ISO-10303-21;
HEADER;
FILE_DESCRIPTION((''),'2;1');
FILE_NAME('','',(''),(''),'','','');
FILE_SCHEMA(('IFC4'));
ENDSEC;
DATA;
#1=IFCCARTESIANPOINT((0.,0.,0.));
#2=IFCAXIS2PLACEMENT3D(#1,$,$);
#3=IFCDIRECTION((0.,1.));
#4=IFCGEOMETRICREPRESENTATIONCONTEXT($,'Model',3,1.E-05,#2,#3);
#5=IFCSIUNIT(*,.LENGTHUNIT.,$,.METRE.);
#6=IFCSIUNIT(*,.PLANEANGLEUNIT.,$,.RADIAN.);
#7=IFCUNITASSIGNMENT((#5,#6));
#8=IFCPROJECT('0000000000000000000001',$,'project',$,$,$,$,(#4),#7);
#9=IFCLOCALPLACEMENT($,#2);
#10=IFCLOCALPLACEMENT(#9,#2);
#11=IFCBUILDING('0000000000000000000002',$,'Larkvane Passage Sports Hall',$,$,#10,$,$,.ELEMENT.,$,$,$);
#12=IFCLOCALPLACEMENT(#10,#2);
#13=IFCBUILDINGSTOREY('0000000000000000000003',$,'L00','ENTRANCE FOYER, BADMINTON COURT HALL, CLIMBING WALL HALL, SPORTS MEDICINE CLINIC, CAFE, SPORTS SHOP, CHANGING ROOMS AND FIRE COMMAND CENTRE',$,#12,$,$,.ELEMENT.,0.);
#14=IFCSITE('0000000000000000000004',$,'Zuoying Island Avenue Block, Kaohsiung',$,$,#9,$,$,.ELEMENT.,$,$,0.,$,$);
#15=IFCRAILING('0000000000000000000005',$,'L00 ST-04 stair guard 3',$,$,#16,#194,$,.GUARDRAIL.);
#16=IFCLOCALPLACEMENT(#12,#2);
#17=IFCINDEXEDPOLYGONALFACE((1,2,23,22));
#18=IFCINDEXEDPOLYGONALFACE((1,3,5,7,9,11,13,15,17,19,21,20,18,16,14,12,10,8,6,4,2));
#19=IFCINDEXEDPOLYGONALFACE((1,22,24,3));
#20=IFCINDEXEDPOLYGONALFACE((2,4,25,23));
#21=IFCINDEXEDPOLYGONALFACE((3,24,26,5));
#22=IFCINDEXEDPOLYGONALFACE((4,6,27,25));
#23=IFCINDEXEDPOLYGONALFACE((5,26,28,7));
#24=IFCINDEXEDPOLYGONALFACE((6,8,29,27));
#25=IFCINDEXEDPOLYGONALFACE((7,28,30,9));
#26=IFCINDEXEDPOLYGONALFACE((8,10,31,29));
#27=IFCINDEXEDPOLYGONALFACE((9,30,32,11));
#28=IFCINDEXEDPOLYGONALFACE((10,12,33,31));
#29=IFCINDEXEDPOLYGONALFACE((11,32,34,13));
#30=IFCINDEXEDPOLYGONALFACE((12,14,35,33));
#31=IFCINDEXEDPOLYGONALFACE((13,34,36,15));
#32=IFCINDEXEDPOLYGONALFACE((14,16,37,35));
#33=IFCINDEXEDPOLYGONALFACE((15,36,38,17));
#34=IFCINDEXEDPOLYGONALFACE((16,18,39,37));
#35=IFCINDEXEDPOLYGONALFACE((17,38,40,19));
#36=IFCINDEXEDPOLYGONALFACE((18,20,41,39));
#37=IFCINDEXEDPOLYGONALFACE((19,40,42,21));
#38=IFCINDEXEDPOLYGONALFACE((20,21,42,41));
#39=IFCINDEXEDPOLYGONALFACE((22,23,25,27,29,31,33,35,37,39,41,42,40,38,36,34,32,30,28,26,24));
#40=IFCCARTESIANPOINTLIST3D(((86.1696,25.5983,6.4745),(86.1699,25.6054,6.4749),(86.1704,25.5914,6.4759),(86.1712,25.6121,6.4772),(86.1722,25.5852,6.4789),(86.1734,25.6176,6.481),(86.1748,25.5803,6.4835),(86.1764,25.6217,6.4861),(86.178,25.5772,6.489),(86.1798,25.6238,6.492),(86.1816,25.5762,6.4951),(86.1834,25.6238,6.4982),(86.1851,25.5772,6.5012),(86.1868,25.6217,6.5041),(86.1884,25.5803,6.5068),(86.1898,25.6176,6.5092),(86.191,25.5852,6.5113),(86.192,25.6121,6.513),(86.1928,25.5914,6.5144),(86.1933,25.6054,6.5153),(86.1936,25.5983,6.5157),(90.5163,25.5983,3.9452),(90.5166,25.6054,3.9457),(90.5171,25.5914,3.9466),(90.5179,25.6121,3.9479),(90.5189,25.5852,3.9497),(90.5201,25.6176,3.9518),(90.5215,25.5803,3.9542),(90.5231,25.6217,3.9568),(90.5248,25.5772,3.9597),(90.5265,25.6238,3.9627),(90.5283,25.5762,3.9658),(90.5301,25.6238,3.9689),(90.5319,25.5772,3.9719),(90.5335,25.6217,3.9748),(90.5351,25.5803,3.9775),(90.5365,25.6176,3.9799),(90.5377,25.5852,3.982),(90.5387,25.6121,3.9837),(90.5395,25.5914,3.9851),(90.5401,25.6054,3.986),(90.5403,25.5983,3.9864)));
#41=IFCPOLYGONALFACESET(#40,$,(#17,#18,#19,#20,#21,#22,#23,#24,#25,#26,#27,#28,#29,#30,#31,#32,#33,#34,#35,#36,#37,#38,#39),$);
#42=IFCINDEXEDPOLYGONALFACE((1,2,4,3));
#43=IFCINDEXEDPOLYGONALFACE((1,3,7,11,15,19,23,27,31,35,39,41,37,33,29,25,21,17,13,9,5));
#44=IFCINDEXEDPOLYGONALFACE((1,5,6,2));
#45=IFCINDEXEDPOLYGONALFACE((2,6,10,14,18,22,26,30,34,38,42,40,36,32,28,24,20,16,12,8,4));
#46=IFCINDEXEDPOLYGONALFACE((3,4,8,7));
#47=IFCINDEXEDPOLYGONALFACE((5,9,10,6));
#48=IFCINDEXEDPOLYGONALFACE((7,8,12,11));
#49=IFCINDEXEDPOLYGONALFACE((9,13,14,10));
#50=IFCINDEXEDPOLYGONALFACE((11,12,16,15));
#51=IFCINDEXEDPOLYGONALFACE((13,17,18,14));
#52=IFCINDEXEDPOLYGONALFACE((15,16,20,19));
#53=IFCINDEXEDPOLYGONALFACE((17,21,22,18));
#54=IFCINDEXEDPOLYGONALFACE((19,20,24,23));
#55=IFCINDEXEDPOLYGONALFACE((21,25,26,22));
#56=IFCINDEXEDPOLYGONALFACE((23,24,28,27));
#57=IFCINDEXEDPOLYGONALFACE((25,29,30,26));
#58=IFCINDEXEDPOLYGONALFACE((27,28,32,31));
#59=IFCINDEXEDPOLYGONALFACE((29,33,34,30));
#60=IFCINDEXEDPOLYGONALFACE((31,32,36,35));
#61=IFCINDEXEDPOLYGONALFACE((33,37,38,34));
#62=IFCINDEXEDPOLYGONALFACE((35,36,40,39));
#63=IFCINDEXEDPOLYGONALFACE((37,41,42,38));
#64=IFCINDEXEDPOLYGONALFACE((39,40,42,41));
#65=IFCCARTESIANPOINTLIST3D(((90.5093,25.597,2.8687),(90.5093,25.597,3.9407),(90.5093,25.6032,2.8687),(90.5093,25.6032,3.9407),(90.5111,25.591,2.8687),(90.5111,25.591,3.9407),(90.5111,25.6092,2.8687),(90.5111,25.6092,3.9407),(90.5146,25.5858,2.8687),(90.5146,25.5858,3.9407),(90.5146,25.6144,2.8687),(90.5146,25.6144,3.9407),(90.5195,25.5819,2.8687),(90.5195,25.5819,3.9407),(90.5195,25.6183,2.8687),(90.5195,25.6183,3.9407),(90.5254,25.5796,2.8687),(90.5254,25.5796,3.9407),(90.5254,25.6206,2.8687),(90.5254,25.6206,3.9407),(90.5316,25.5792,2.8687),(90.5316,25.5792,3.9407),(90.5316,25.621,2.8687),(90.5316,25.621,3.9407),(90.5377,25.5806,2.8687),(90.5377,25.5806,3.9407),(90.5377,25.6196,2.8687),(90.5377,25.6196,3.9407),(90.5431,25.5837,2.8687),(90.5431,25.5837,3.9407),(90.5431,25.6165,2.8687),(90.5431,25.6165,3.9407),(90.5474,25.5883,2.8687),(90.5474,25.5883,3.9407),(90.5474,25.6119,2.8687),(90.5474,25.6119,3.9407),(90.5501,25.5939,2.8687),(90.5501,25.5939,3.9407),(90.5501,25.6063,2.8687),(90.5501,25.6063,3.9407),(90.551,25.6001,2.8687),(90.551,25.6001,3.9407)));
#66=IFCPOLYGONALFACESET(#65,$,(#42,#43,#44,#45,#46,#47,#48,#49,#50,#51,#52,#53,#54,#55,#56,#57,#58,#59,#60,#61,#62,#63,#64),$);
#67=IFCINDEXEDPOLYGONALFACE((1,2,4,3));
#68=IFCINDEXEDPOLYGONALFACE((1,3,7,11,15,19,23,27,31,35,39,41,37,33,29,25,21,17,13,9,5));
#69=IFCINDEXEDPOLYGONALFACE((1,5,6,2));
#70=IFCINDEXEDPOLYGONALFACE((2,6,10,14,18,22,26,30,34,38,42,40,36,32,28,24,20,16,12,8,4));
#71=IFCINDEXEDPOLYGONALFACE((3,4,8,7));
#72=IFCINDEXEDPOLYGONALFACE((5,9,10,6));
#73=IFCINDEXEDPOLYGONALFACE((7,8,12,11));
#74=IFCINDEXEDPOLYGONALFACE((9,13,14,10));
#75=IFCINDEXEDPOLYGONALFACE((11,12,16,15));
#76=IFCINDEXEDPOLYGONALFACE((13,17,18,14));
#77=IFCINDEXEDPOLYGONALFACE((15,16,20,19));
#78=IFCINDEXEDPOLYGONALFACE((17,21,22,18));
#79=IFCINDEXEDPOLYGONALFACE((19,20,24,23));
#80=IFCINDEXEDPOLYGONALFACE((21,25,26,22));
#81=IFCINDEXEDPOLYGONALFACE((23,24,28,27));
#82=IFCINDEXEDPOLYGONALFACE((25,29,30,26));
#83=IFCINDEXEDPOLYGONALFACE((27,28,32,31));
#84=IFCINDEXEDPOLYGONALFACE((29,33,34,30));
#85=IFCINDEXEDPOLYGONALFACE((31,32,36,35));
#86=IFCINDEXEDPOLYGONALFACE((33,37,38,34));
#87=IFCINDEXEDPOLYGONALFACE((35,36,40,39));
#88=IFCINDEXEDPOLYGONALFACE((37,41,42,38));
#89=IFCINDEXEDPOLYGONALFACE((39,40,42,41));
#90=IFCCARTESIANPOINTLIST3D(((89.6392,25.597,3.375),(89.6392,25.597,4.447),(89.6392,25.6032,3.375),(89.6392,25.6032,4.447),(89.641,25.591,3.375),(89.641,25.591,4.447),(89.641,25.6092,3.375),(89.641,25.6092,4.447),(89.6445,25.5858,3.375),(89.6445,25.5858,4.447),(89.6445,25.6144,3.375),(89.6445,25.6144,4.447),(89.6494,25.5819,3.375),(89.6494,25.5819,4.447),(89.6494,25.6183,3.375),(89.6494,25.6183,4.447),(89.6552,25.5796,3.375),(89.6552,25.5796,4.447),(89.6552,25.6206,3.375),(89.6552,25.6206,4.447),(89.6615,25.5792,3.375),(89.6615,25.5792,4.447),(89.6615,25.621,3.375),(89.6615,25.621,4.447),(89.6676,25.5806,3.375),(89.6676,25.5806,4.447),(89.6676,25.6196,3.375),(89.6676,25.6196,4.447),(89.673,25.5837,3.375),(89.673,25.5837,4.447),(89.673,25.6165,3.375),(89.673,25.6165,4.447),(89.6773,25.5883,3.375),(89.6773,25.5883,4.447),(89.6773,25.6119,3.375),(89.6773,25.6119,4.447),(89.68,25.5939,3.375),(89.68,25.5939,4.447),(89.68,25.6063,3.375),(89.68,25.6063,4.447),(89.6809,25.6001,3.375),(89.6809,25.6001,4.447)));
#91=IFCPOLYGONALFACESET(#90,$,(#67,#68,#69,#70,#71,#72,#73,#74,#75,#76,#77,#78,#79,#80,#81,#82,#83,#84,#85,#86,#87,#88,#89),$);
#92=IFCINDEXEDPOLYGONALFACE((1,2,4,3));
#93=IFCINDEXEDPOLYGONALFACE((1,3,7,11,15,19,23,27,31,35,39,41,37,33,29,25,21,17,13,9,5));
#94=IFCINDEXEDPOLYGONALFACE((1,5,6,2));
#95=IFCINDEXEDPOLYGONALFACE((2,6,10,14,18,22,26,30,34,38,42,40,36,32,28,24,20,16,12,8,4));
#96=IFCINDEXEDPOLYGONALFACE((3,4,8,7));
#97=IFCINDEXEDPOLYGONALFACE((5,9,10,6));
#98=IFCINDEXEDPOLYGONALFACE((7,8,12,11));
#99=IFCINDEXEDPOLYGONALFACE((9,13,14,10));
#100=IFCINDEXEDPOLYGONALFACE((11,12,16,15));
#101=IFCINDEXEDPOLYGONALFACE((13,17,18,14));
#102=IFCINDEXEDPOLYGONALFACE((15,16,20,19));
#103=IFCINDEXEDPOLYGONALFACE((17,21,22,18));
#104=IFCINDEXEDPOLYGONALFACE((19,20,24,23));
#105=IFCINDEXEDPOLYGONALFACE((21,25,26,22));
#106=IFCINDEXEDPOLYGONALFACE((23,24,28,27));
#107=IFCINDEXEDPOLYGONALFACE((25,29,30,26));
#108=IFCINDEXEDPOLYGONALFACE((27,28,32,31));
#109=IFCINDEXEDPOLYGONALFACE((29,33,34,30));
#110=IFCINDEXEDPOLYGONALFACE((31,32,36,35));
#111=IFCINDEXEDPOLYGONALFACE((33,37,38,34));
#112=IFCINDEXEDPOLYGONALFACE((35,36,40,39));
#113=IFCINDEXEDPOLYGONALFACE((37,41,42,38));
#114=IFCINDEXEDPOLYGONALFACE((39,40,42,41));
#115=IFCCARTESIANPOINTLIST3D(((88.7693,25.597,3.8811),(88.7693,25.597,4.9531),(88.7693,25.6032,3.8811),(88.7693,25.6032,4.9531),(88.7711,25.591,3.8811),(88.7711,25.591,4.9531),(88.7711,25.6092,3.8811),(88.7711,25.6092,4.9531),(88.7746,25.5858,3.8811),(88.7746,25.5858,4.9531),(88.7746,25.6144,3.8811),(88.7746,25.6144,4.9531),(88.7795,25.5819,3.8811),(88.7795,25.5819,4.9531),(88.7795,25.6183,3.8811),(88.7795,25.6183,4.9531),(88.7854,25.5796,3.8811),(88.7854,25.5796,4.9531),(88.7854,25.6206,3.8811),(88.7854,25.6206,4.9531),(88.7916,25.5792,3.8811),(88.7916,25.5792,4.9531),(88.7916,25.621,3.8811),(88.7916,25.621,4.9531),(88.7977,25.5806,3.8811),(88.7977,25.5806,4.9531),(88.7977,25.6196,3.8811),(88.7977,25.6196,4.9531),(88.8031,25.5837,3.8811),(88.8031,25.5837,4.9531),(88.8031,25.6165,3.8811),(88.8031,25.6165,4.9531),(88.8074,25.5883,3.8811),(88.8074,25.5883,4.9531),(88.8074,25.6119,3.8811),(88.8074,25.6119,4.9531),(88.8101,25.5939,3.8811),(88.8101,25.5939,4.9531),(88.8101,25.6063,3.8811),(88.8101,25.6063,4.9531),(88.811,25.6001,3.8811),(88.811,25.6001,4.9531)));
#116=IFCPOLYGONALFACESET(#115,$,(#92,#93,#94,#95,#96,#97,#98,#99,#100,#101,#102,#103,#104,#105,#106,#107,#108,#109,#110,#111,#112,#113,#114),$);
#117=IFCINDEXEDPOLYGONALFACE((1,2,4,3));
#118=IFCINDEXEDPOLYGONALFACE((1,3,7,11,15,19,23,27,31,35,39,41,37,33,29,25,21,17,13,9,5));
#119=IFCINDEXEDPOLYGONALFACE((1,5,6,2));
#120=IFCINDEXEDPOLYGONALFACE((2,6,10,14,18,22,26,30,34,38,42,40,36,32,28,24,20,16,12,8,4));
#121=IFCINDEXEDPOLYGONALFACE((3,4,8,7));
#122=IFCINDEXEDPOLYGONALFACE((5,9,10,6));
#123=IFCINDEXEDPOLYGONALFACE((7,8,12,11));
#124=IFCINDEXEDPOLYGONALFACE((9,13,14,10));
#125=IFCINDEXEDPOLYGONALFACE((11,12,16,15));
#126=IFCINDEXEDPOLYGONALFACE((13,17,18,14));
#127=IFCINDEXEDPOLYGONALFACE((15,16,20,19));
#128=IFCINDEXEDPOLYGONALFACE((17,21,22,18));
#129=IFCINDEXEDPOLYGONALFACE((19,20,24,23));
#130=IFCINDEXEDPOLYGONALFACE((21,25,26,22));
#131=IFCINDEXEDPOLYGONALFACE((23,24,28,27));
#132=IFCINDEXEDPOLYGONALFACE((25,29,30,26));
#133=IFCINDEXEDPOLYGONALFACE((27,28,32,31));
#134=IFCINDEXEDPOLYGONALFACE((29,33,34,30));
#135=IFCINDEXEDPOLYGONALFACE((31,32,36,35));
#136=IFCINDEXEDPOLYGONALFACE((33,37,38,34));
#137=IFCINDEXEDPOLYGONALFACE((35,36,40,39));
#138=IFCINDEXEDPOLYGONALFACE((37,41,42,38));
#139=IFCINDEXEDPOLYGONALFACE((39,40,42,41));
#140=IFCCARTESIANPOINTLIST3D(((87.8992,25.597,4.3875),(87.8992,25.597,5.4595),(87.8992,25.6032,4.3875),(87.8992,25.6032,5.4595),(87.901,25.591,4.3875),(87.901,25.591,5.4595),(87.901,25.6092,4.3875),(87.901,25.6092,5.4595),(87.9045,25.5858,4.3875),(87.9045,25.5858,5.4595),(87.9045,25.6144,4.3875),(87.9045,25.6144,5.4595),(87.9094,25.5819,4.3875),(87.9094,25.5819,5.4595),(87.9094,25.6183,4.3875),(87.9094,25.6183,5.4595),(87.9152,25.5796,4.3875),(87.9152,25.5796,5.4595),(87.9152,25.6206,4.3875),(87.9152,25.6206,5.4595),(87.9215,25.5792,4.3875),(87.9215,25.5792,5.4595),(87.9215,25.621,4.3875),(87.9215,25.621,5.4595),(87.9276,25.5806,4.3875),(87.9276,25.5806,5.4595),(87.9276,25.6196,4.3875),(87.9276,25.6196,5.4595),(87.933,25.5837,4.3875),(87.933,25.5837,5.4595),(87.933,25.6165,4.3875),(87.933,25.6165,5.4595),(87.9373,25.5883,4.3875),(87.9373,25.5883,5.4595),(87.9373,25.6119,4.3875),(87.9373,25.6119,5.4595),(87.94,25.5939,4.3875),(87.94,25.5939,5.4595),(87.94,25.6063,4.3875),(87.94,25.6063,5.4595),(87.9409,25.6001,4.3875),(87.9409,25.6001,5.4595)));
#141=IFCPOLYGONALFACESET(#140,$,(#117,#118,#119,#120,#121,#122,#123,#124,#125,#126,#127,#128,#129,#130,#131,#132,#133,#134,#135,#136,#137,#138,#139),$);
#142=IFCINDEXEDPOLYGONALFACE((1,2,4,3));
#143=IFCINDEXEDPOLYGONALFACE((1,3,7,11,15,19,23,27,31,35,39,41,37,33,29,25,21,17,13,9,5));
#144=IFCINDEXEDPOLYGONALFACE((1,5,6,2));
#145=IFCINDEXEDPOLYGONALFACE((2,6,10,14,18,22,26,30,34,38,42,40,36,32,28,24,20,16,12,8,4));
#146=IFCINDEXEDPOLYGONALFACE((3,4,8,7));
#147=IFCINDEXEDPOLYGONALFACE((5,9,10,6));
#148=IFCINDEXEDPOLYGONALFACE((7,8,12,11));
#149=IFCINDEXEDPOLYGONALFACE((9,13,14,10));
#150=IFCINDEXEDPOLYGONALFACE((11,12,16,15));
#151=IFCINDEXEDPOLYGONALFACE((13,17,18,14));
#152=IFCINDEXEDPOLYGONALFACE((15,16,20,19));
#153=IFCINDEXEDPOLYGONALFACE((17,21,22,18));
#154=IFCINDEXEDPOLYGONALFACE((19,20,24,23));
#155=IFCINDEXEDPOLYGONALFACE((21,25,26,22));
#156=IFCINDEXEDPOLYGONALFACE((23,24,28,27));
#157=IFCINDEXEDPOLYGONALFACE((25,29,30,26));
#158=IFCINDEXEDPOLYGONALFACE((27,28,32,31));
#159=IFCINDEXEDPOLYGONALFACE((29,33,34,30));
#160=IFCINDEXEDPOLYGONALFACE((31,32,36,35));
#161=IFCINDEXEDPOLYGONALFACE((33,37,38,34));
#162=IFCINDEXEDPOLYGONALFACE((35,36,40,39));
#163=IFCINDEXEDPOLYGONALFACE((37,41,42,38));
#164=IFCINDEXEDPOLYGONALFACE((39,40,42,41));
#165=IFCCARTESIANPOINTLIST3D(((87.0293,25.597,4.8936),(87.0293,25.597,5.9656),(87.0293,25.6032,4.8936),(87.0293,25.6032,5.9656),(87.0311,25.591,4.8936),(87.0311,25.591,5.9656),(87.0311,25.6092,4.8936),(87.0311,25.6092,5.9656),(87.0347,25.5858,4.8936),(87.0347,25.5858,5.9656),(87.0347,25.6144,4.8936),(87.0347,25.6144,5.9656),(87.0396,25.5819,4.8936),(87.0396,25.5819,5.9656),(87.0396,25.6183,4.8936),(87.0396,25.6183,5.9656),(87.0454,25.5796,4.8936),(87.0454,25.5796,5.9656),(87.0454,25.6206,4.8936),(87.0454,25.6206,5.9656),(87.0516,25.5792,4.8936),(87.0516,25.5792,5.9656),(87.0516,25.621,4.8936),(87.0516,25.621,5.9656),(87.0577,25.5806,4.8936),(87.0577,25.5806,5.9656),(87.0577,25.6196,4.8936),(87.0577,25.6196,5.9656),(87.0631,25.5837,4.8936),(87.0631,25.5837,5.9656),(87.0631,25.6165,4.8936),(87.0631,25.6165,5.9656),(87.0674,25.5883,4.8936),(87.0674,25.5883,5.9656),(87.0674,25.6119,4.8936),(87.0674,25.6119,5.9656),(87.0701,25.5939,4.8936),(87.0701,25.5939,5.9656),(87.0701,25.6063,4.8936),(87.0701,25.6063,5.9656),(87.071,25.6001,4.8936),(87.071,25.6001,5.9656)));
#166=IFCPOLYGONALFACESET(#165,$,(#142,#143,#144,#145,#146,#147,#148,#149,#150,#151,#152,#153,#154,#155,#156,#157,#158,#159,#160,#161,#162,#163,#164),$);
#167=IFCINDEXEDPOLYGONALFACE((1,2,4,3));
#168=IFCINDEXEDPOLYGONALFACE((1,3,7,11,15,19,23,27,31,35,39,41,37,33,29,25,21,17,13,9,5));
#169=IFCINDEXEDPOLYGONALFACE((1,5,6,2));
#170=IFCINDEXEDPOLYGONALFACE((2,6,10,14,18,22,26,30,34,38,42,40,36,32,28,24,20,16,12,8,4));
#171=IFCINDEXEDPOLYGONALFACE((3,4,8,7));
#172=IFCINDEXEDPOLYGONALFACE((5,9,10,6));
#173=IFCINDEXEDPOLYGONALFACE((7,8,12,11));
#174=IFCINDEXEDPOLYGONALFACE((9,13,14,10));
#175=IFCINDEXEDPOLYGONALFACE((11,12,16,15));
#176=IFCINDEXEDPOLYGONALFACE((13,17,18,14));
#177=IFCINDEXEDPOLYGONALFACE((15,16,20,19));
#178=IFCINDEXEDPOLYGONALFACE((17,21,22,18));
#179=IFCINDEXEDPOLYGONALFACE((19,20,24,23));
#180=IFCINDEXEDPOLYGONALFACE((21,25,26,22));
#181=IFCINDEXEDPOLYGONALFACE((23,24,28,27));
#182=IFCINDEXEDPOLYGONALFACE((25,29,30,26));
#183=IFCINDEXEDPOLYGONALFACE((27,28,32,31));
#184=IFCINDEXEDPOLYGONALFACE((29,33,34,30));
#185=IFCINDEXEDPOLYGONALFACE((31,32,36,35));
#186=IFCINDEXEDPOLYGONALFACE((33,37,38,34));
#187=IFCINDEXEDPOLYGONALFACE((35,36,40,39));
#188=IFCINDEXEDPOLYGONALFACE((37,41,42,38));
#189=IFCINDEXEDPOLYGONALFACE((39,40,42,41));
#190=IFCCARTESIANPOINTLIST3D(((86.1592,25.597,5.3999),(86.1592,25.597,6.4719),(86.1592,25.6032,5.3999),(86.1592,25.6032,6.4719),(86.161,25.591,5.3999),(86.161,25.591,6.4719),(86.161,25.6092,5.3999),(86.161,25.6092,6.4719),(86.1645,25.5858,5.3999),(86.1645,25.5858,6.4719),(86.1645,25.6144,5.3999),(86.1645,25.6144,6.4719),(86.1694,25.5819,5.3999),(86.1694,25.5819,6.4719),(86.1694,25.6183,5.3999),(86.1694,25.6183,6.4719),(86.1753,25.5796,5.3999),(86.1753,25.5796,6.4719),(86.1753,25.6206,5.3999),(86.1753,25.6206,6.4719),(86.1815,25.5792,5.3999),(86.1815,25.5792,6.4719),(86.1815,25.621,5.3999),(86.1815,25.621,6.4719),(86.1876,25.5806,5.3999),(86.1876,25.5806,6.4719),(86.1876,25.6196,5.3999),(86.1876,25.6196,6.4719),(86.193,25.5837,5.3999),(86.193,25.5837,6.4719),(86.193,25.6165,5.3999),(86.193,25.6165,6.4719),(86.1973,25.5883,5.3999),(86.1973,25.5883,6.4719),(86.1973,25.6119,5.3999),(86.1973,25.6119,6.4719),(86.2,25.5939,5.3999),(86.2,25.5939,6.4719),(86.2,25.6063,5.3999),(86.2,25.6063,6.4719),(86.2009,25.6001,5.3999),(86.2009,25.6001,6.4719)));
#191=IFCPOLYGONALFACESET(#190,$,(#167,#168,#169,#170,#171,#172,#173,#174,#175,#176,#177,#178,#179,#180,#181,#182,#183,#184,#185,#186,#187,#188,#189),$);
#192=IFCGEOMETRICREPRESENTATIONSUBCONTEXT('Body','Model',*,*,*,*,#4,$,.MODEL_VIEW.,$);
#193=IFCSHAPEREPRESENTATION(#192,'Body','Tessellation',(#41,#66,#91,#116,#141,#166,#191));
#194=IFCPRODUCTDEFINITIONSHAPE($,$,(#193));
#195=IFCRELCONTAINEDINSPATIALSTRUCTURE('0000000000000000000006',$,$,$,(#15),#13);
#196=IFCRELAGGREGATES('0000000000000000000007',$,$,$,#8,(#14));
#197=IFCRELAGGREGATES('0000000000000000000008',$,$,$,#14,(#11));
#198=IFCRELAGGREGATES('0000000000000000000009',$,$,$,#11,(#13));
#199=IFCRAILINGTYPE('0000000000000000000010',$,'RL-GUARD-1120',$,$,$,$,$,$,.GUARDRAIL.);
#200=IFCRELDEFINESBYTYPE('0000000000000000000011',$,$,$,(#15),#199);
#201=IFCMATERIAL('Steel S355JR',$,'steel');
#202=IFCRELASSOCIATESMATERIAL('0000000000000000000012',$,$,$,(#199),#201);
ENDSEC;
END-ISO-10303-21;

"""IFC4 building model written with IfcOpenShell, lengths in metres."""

from ifc_helpers import new_model, si_unit, direction, frame, origin, origin_2d, place, context, subcontext, project, spatial, circle, extrude, material, type_object, element, save


model = new_model("IFC4")

# Units and contexts
model_context = context("Model", 3, precision=1e-05, world=origin(), true_north=direction((0.0, 1.0)))
body_context = subcontext(model_context, "Body", "Model", "MODEL_VIEW")
ifc_project = project(units=[si_unit("LENGTHUNIT", "METRE"), si_unit("PLANEANGLEUNIT", "RADIAN")], contexts=[model_context])

# Site, building, storey
site_placement = place(None, origin())
site = spatial("IfcSite", under=ifc_project, at=site_placement, Name="Zuoying Island Avenue Block, Kaohsiung", CompositionType="ELEMENT", RefElevation=0.0)
building_placement = place(site_placement, origin())
building = spatial("IfcBuilding", under=site, at=building_placement, Name="Larkvane Passage Sports Hall", CompositionType="ELEMENT")
storey_placement = place(building_placement, origin())
storey = spatial("IfcBuildingStorey", under=building, at=storey_placement, Name="L00", Description="ENTRANCE FOYER, BADMINTON COURT HALL, CLIMBING WALL HALL, SPORTS MEDICINE CLINIC, CAFE, SPORTS SHOP, CHANGING ROOMS AND FIRE COMMAND CENTRE", CompositionType="ELEMENT", Elevation=0.0)

# Railing
ifc_material_1 = material(Name="Steel S355JR", Category="steel")
railing_type_1 = type_object("IfcRailingType", Name="RL-GUARD-1120", PredefinedType="GUARDRAIL", material=ifc_material_1)
railing_1_placement = place(storey_placement, frame((90.53, 25.6001, 2.8687)))
element("IfcRailing", 1, at=railing_1_placement, inside=storey, type_object=railing_type_1, Name="L00 ST-04 stair guard 3", PredefinedType="GUARDRAIL", context=body_context, shape_type="SweptSolid", body=[
    extrude(circle(Radius=0.0239, at=origin_2d()), frame((-0.0017, 0.0, 1.0972), z_axis=(-0.864324, 0.0, 0.502936), x_axis=(0.0, -1.0, 0.0)), (0.0, 0.0, 1.0), 5.0291),
    extrude(circle(Radius=0.021, at=origin_2d()), origin(), (0.0, 0.0, 1.0), 1.072),
    extrude(circle(Radius=0.021, at=origin_2d()), frame((-0.8701, 0.0, 0.5063)), (0.0, 0.0, 1.0), 1.072),
    extrude(circle(Radius=0.021, at=origin_2d()), frame((-1.74, 0.0, 1.0125)), (0.0, 0.0, 1.0), 1.072),
    extrude(circle(Radius=0.021, at=origin_2d()), frame((-2.6101, 0.0, 1.5188)), (0.0, 0.0, 1.0), 1.072),
    extrude(circle(Radius=0.021, at=origin_2d()), frame((-3.48, 0.0, 2.0249)), (0.0, 0.0, 1.0), 1.072),
    extrude(circle(Radius=0.021, at=origin_2d()), frame((-4.3501, 0.0, 2.5312)), (0.0, 0.0, 1.0), 1.072),
])

save(model, "model.ifc")
